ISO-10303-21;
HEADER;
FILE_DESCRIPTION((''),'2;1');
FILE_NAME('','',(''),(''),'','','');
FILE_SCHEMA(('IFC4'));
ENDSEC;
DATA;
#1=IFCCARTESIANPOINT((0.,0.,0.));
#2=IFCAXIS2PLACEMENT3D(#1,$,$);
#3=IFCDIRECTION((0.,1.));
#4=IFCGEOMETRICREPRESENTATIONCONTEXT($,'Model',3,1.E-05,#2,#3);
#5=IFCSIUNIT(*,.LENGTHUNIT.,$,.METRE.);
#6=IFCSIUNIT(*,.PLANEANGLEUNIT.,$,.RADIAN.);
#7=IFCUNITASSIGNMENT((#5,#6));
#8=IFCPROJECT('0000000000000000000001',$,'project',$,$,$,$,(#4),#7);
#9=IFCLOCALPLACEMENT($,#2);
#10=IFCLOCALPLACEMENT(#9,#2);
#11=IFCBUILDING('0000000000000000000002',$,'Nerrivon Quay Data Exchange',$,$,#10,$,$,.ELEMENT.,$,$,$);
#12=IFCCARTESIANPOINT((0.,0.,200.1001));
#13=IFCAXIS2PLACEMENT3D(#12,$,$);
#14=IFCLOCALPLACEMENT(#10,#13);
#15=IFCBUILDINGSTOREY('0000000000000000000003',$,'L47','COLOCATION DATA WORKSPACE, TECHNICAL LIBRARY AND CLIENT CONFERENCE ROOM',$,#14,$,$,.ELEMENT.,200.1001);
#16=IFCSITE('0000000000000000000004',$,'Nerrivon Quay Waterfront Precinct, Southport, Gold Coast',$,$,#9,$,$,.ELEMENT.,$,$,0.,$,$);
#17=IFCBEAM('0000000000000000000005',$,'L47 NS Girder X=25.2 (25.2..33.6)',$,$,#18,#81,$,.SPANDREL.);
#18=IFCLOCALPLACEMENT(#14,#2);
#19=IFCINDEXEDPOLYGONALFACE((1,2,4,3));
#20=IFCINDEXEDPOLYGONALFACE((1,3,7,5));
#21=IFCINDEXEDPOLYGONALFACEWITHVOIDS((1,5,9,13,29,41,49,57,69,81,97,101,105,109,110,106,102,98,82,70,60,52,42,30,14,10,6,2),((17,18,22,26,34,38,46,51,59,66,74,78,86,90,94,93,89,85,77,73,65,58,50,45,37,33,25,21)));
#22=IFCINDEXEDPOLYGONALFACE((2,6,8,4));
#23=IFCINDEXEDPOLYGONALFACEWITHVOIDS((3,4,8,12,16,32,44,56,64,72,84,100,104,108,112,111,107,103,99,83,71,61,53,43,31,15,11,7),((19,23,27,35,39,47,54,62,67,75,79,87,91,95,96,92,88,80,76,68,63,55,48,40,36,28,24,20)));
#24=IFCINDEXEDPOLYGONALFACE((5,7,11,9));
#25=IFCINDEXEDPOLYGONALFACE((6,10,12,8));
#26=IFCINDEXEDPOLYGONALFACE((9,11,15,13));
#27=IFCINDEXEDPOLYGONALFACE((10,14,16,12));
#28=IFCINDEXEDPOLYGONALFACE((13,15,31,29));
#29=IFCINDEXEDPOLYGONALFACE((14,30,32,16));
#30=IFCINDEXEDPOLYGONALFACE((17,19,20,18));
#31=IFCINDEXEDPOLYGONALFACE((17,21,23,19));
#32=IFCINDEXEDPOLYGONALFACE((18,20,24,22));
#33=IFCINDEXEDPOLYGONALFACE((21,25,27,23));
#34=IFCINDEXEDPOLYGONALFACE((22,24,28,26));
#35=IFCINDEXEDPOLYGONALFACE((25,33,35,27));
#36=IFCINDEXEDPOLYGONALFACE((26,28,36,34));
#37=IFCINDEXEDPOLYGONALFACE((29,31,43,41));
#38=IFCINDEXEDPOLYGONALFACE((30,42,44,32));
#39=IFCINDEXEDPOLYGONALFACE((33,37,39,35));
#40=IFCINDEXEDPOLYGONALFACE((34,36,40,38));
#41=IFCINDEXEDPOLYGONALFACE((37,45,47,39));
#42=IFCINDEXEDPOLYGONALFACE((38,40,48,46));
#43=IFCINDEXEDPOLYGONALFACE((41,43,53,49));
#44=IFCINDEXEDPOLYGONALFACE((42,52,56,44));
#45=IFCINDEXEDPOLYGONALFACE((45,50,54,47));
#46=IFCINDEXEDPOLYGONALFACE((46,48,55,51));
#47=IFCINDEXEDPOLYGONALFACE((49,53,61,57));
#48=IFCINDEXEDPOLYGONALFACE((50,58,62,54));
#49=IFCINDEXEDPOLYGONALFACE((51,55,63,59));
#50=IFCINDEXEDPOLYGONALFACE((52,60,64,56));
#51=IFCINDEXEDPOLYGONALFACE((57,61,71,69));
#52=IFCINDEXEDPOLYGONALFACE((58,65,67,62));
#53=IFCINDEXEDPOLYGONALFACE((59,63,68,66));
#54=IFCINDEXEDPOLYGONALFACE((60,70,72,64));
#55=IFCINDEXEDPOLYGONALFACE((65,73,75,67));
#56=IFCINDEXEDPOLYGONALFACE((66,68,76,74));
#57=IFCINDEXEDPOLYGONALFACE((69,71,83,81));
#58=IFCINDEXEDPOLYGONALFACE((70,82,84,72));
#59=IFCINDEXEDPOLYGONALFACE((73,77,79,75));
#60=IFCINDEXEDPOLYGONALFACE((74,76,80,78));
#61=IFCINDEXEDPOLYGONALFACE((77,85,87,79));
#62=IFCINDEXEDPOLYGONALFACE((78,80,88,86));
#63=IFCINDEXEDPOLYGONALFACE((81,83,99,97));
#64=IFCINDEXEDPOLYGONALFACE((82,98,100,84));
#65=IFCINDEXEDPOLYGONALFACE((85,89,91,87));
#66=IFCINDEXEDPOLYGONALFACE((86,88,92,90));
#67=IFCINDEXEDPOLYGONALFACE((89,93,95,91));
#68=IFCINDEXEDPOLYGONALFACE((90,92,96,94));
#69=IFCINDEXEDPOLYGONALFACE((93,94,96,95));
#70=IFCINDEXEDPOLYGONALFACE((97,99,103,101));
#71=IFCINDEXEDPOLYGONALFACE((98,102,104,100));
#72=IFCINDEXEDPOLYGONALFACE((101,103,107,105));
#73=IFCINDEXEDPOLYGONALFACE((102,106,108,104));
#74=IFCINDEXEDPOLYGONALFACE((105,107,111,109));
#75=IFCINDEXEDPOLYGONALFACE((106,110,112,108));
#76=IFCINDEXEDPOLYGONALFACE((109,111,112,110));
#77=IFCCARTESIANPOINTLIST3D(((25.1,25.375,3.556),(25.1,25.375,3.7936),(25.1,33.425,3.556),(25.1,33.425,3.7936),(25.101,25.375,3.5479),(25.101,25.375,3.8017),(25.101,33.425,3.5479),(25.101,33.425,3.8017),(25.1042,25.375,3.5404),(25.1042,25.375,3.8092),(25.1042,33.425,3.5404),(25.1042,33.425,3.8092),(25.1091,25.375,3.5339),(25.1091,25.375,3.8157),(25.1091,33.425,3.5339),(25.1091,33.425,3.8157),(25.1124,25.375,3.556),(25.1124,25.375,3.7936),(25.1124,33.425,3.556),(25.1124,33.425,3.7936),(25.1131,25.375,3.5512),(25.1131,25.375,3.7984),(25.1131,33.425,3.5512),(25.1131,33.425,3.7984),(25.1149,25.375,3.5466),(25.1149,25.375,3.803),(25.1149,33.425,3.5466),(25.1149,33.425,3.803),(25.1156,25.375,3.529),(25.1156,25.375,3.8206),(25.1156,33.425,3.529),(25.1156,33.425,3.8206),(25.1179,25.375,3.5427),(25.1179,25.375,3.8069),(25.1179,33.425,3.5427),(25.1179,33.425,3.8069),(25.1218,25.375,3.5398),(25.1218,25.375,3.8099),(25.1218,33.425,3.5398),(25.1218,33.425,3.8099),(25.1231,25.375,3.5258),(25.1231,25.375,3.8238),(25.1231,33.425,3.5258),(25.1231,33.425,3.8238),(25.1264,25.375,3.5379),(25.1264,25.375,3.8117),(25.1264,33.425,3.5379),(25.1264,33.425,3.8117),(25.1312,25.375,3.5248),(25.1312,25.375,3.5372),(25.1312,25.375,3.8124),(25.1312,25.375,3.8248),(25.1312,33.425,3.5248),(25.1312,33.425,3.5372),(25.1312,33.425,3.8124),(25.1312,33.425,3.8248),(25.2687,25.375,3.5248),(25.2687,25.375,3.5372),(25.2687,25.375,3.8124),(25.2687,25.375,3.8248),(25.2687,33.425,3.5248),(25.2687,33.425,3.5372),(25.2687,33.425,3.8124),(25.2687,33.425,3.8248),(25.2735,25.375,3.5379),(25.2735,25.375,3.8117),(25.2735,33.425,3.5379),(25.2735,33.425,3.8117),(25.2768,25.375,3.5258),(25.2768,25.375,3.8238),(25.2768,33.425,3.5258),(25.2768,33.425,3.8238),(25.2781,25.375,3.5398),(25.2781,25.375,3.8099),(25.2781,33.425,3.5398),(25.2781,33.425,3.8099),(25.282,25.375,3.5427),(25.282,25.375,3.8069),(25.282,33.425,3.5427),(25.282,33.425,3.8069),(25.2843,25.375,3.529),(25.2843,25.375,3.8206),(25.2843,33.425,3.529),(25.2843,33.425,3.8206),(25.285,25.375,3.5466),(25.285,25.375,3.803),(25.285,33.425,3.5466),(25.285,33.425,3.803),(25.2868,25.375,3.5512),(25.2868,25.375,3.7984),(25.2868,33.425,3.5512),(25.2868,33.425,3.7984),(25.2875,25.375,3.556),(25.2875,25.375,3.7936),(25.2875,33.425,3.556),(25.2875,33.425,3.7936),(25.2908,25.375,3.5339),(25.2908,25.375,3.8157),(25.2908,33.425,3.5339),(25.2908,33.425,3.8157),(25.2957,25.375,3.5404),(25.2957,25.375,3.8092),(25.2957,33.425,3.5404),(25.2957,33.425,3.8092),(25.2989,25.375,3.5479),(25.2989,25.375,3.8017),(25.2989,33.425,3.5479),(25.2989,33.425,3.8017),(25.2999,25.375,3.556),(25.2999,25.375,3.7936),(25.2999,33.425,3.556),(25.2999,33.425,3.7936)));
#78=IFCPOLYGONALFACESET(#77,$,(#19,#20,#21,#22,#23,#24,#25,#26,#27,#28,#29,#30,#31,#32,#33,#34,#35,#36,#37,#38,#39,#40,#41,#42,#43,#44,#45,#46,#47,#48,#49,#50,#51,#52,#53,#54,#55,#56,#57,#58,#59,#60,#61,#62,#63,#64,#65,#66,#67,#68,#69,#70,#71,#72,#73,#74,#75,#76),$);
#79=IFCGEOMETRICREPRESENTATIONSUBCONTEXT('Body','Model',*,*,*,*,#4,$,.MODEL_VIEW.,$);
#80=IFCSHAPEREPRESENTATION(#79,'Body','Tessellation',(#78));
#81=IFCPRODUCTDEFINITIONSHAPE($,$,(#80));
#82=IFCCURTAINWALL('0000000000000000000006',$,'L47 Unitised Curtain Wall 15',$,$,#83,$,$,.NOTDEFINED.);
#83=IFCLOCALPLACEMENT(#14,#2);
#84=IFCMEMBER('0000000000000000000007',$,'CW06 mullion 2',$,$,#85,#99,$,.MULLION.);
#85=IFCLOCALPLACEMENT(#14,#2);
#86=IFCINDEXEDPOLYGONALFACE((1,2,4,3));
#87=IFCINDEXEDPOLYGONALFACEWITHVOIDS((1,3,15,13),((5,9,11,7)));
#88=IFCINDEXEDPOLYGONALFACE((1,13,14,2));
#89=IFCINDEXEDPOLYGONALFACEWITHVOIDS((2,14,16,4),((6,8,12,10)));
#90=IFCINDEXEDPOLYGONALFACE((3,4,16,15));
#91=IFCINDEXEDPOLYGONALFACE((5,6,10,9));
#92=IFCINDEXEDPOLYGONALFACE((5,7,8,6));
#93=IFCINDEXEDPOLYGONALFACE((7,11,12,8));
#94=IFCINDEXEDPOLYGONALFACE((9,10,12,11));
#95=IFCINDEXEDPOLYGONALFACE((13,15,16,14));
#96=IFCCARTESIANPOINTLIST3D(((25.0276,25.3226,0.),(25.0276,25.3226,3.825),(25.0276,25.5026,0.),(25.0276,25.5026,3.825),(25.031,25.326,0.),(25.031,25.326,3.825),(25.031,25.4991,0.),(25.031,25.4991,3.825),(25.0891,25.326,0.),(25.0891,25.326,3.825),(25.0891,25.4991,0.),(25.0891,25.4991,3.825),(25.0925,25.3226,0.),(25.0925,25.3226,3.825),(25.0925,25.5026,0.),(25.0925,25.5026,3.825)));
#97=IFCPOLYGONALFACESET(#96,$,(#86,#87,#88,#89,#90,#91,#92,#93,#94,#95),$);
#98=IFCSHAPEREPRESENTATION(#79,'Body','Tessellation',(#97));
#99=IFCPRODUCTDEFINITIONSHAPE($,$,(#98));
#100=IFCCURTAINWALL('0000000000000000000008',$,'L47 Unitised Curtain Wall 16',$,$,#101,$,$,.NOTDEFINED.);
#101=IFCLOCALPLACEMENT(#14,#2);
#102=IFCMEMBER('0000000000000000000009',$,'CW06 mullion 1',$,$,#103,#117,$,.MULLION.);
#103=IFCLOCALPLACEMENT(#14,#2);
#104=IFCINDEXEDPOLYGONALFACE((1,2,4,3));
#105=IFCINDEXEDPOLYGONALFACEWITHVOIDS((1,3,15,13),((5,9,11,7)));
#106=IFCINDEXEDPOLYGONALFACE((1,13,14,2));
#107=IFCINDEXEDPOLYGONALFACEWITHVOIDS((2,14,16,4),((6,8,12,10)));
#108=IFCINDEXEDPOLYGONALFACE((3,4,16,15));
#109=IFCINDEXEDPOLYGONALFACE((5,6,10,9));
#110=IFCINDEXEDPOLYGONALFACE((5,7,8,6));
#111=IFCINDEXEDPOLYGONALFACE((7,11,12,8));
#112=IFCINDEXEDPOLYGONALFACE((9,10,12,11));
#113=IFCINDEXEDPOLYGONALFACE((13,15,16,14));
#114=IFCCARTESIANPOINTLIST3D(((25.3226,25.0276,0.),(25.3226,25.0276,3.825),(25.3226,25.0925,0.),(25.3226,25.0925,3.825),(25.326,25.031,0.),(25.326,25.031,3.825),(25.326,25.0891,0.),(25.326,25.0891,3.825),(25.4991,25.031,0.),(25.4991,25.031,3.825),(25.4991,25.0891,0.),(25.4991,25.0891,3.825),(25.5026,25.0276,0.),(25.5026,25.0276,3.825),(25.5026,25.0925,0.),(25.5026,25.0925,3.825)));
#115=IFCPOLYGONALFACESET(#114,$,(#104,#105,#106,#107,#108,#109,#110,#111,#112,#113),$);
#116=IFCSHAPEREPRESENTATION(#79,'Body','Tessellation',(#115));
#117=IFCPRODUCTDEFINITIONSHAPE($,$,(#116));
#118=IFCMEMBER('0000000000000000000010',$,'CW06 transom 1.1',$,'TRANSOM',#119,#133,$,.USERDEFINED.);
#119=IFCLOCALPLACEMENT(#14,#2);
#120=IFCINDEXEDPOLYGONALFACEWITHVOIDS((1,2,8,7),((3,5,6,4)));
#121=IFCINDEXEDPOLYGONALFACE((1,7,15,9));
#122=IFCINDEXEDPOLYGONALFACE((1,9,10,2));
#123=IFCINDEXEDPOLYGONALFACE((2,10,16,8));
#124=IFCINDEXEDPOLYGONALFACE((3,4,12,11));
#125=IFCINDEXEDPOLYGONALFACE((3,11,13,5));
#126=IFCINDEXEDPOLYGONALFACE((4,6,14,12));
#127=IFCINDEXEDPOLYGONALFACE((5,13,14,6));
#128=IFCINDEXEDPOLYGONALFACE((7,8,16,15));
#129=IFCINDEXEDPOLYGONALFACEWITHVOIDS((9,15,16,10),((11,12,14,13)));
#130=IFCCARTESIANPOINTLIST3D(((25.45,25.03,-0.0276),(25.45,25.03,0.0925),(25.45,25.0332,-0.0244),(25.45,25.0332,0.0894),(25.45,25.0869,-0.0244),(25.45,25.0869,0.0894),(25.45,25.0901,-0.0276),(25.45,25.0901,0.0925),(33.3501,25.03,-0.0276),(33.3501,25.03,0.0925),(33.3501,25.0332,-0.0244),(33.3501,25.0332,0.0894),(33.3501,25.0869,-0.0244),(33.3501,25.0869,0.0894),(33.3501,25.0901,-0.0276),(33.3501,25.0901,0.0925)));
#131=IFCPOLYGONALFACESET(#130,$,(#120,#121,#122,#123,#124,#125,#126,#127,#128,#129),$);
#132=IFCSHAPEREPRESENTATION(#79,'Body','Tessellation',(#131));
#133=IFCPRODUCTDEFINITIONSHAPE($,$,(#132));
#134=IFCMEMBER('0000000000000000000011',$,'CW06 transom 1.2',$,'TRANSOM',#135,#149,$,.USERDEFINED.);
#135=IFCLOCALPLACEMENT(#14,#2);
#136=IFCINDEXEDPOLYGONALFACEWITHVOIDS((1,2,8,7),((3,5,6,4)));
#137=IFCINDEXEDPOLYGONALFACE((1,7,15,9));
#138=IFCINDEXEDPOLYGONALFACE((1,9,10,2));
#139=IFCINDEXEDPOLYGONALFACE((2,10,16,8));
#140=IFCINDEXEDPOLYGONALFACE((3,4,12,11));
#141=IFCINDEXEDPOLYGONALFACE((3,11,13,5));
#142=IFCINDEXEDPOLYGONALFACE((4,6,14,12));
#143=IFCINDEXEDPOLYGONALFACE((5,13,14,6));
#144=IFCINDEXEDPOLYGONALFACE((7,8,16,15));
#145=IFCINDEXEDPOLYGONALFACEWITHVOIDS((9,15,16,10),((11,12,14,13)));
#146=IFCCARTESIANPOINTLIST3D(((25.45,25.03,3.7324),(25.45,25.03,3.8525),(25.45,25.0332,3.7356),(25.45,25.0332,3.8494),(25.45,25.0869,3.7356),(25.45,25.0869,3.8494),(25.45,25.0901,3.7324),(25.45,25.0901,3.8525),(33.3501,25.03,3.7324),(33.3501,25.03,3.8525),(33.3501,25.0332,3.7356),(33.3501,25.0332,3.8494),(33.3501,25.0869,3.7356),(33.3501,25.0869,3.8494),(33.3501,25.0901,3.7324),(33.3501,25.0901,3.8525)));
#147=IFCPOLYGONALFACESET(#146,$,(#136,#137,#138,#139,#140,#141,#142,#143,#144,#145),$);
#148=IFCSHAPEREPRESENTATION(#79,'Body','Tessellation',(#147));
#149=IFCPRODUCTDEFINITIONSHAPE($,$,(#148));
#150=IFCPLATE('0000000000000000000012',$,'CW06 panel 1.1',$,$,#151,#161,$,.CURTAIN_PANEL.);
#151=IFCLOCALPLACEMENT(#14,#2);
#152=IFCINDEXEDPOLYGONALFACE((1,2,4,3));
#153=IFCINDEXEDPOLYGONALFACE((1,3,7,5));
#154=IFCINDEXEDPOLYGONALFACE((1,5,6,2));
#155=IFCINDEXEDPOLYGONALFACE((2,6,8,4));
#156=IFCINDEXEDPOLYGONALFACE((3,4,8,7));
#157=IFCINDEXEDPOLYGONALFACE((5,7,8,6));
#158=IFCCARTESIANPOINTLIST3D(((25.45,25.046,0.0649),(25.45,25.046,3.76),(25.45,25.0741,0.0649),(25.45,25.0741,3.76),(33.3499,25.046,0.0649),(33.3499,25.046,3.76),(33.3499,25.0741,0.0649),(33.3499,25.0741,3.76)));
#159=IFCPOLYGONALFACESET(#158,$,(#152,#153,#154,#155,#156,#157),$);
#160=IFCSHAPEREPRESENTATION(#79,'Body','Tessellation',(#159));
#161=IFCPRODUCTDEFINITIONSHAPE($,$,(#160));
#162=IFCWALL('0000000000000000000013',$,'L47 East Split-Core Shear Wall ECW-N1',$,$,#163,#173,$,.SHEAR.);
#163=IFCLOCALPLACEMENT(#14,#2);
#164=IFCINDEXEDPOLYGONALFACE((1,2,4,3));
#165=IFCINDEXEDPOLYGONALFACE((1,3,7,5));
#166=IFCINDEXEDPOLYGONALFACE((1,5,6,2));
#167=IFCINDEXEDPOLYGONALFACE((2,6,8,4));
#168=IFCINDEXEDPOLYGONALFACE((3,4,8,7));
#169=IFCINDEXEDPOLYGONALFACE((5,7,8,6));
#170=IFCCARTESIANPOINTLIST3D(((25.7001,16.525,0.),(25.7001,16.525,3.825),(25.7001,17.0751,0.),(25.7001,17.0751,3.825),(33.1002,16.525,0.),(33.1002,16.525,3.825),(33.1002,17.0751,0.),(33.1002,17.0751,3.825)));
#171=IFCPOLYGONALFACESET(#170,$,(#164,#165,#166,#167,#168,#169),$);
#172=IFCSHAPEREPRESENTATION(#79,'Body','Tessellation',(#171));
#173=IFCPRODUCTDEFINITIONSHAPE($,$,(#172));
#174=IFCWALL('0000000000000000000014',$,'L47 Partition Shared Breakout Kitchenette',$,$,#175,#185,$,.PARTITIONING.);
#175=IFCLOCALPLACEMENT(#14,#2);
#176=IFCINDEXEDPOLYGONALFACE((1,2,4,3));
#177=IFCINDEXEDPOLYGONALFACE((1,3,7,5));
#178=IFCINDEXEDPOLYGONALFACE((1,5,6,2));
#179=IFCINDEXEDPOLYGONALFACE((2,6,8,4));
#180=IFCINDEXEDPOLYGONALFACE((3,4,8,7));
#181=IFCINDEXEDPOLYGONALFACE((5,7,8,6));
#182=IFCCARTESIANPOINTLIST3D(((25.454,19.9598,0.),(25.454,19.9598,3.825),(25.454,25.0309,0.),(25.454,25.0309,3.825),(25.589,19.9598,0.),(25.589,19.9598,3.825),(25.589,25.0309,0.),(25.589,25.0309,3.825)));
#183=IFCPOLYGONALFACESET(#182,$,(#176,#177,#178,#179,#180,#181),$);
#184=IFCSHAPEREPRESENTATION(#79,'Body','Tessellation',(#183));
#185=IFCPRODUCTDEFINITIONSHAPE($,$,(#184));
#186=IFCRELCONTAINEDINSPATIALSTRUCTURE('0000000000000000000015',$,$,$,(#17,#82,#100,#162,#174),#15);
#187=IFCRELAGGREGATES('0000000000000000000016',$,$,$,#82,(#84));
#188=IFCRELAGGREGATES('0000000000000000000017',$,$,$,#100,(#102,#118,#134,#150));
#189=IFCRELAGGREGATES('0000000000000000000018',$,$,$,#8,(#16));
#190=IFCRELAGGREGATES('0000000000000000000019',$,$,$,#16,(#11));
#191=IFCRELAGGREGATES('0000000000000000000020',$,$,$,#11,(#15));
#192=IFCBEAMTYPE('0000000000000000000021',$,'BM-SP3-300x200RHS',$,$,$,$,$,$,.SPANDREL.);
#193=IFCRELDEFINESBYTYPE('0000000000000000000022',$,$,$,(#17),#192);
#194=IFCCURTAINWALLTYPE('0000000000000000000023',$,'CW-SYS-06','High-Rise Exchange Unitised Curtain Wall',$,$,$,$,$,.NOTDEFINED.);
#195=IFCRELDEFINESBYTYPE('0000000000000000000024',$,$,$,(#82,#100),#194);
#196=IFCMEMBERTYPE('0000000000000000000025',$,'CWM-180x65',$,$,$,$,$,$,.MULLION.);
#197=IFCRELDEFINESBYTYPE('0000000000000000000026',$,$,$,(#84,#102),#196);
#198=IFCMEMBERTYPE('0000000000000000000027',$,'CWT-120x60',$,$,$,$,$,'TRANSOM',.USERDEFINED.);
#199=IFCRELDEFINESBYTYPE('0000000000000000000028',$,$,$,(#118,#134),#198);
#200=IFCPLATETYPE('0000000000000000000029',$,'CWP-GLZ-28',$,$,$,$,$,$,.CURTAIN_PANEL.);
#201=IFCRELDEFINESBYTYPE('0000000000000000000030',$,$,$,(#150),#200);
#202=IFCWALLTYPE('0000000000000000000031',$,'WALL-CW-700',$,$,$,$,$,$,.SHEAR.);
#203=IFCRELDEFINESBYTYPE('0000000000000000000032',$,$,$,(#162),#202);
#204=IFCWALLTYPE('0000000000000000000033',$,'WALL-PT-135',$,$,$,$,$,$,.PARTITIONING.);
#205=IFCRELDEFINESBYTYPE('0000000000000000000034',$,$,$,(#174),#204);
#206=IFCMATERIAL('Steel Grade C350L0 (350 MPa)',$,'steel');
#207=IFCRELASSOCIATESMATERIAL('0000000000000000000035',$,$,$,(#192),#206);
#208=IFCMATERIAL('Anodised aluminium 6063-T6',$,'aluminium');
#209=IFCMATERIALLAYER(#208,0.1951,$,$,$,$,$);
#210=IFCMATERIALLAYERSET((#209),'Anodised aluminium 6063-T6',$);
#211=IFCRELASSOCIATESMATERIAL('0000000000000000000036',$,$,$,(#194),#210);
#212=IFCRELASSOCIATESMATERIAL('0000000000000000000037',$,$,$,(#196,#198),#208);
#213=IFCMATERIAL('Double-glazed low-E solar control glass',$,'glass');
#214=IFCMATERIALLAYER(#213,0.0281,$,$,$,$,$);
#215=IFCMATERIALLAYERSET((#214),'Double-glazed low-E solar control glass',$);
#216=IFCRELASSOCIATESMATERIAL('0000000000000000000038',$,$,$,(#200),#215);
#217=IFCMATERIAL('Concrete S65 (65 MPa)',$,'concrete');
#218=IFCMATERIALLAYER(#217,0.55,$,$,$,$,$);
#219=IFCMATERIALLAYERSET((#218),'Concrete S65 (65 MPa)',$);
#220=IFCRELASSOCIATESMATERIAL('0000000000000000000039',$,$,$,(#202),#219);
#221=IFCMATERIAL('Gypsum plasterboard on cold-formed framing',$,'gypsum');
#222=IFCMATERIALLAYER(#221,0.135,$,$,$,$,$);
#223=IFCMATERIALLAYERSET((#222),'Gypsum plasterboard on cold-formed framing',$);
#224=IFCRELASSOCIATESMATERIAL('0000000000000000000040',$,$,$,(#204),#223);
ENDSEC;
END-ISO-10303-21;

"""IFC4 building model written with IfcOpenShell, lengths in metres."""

from ifc_helpers import new_model, si_unit, direction, frame, frame_2d, origin, origin_2d, place, context, subcontext, project, spatial, rectangle, hollow_rectangle, extrude, material, layer, layer_set, material_profile, profile_set, type_object, element, aggregate, save


model = new_model("IFC4")

# Units and contexts
model_context = context("Model", 3, precision=1e-05, world=origin(), true_north=direction((0.0, 1.0)))
body_context = subcontext(model_context, "Body", "Model", "MODEL_VIEW")
ifc_project = project(units=[si_unit("LENGTHUNIT", "METRE"), si_unit("PLANEANGLEUNIT", "RADIAN")], contexts=[model_context])

# Site, building, storey
site_placement = place(None, origin())
site = spatial("IfcSite", under=ifc_project, at=site_placement, Name="Nerrivon Quay Waterfront Precinct, Southport, Gold Coast", CompositionType="ELEMENT", RefElevation=0.0)
building_placement = place(site_placement, origin())
building = spatial("IfcBuilding", under=site, at=building_placement, Name="Nerrivon Quay Data Exchange", CompositionType="ELEMENT")
storey_placement = place(building_placement, frame((0.0, 0.0, 200.1001)))
storey = spatial("IfcBuildingStorey", under=building, at=storey_placement, Name="L47", Description="COLOCATION DATA WORKSPACE, TECHNICAL LIBRARY AND CLIENT CONFERENCE ROOM", CompositionType="ELEMENT", Elevation=200.1001)

# Shared definitions
ifc_material_1 = material(Name="Concrete S65 (65 MPa)", Category="concrete")

# Beam
ifc_material_2 = material(Name="Steel Grade C350L0 (350 MPa)", Category="steel")
ifc_material_profile_1 = material_profile(ifc_material_2, hollow_rectangle(XDim=0.2, YDim=0.3, WallThickness=0.0125, InnerFilletRadius=0.0188, OuterFilletRadius=0.0312, at=origin_2d()), Name="300x200x12.5RHS")
ifc_profile_set_1 = profile_set([ifc_material_profile_1], Name="Steel Grade C350L0 (350 MPa)")
beam_type_1 = type_object("IfcBeamType", Name="BM-SP3-300x200RHS", PredefinedType="SPANDREL", material=ifc_profile_set_1)
beam_1_placement = place(storey_placement, frame((25.2, 25.375, 3.6748), z_axis=(0.0, 1.0, 0.0), x_axis=(-1.0, 0.0, 0.0)))
element("IfcBeam", 1, at=beam_1_placement, inside=storey, type_object=beam_type_1, Name="L47 NS Girder X=25.2 (25.2..33.6)", PredefinedType="SPANDREL", context=body_context, shape_type="SweptSolid", body=[
    extrude(hollow_rectangle(XDim=0.2, YDim=0.3, WallThickness=0.0125, InnerFilletRadius=0.0188, OuterFilletRadius=0.0312, at=origin_2d()), origin(), (0.0, 0.0, 1.0), 8.05),
])

# Curtain wall, member
ifc_material_3 = material(Name="Anodised aluminium 6063-T6", Category="aluminium")
ifc_layer_1 = layer(ifc_material_3, 0.1951)
ifc_layer_set_1 = layer_set([ifc_layer_1], Name="Anodised aluminium 6063-T6")
curtain_wall_type = type_object("IfcCurtainWallType", Name="CW-SYS-06", Description="High-Rise Exchange Unitised Curtain Wall", PredefinedType="NOTDEFINED", material=ifc_layer_set_1)
curtain_wall_1_placement = place(storey_placement, origin())
curtain_wall_1 = element("IfcCurtainWall", 2, at=curtain_wall_1_placement, inside=storey, type_object=curtain_wall_type, Name="L47 Unitised Curtain Wall 15", PredefinedType="NOTDEFINED")
ifc_material_profile_2 = material_profile(ifc_material_3, hollow_rectangle(XDim=0.0649, YDim=0.1799, WallThickness=0.0034, at=origin_2d()), Name="ALU-MULL-180x65")
ifc_profile_set_2 = profile_set([ifc_material_profile_2], Name="Anodised aluminium 6063-T6")
member_type_1 = type_object("IfcMemberType", Name="CWM-180x65", PredefinedType="MULLION", material=ifc_profile_set_2)
member_1_placement = place(storey_placement, frame((25.0601, 25.4126, 0.0), z_axis=(0.0, 0.0, 1.0), x_axis=(1.0, 0.0, 0.0)))
member_1 = element("IfcMember", 3, at=member_1_placement, type_object=member_type_1, Name="CW06 mullion 2", PredefinedType="MULLION", context=body_context, shape_type="SweptSolid", body=[
    extrude(hollow_rectangle(XDim=0.0649, YDim=0.1799, WallThickness=0.0034, at=origin_2d()), origin(), (0.0, 0.0, 1.0), 3.825),
])
aggregate(curtain_wall_1, [member_1])

# Curtain wall, members, plate
curtain_wall_2_placement = place(storey_placement, origin())
curtain_wall_2 = element("IfcCurtainWall", 4, at=curtain_wall_2_placement, inside=storey, type_object=curtain_wall_type, Name="L47 Unitised Curtain Wall 16", PredefinedType="NOTDEFINED")
member_2_placement = place(storey_placement, frame((25.4126, 25.0601, 0.0), z_axis=(0.0, 0.0, 1.0), x_axis=(0.0, 1.0, 0.0)))
member_2 = element("IfcMember", 5, at=member_2_placement, type_object=member_type_1, Name="CW06 mullion 1", PredefinedType="MULLION", context=body_context, shape_type="SweptSolid", body=[
    extrude(hollow_rectangle(XDim=0.0649, YDim=0.1799, WallThickness=0.0034, at=origin_2d()), origin(), (0.0, 0.0, 1.0), 3.825),
])
ifc_material_profile_3 = material_profile(ifc_material_3, hollow_rectangle(XDim=0.0601, YDim=0.1201, WallThickness=0.0032, at=origin_2d()), Name="ALU-TRAN-120x60")
ifc_profile_set_3 = profile_set([ifc_material_profile_3], Name="Anodised aluminium 6063-T6")
member_type_2 = type_object("IfcMemberType", Name="CWT-120x60", ElementType="TRANSOM", PredefinedType="USERDEFINED", material=ifc_profile_set_3)
member_3_placement = place(storey_placement, frame((25.45, 25.0601, 0.0325), z_axis=(1.0, 0.0, 0.0), x_axis=(0.0, 1.0, 0.0)))
member_3 = element("IfcMember", 6, at=member_3_placement, type_object=member_type_2, Name="CW06 transom 1.1", ObjectType="TRANSOM", PredefinedType="USERDEFINED", context=body_context, shape_type="SweptSolid", body=[
    extrude(hollow_rectangle(XDim=0.0601, YDim=0.1201, WallThickness=0.0032, at=origin_2d()), origin(), (0.0, 0.0, 1.0), 7.9001),
])
member_4_placement = place(storey_placement, frame((25.45, 25.0601, 3.7925), z_axis=(1.0, 0.0, 0.0), x_axis=(0.0, 1.0, 0.0)))
member_4 = element("IfcMember", 7, at=member_4_placement, type_object=member_type_2, Name="CW06 transom 1.2", ObjectType="TRANSOM", PredefinedType="USERDEFINED", context=body_context, shape_type="SweptSolid", body=[
    extrude(hollow_rectangle(XDim=0.0601, YDim=0.1201, WallThickness=0.0032, at=origin_2d()), origin(), (0.0, 0.0, 1.0), 7.9001),
])
ifc_material_4 = material(Name="Double-glazed low-E solar control glass", Category="glass")
ifc_layer_2 = layer(ifc_material_4, 0.0281)
ifc_layer_set_2 = layer_set([ifc_layer_2], Name="Double-glazed low-E solar control glass")
plate_type = type_object("IfcPlateType", Name="CWP-GLZ-28", PredefinedType="CURTAIN_PANEL", material=ifc_layer_set_2)
plate_placement = place(storey_placement, frame((29.3999, 25.0601, 0.0649), z_axis=(0.0, 0.0, 1.0), x_axis=(1.0, 0.0, 0.0)))
plate = element("IfcPlate", 8, at=plate_placement, type_object=plate_type, Name="CW06 panel 1.1", PredefinedType="CURTAIN_PANEL", context=body_context, shape_type="SweptSolid", body=[
    extrude(rectangle(XDim=7.8999, YDim=0.0281, at=origin_2d()), origin(), (0.0, 0.0, 1.0), 3.6951),
])
aggregate(curtain_wall_2, [member_2, member_3, member_4, plate])

# Walls
ifc_layer_3 = layer(ifc_material_1, 0.55)
ifc_layer_set_3 = layer_set([ifc_layer_3], Name="Concrete S65 (65 MPa)")
wall_type_1 = type_object("IfcWallType", Name="WALL-CW-700", PredefinedType="SHEAR", material=ifc_layer_set_3)
wall_1_placement = place(storey_placement, frame((25.7, 16.8, 0.0), z_axis=(0.0, 0.0, 1.0), x_axis=(1.0, 0.0, 0.0)))
element("IfcWall", 9, at=wall_1_placement, inside=storey, type_object=wall_type_1, Name="L47 East Split-Core Shear Wall ECW-N1", PredefinedType="SHEAR", context=body_context, shape_type="SweptSolid", body=[
    extrude(rectangle(XDim=7.4001, YDim=0.55, at=frame_2d((3.7002, 0.0))), origin(), (0.0, 0.0, 1.0), 3.825),
])
ifc_material_5 = material(Name="Gypsum plasterboard on cold-formed framing", Category="gypsum")
ifc_layer_4 = layer(ifc_material_5, 0.135)
ifc_layer_set_4 = layer_set([ifc_layer_4], Name="Gypsum plasterboard on cold-formed framing")
wall_type_2 = type_object("IfcWallType", Name="WALL-PT-135", PredefinedType="PARTITIONING", material=ifc_layer_set_4)
wall_2_placement = place(storey_placement, frame((25.5215, 25.031, 0.0), z_axis=(0.0, 0.0, 1.0), x_axis=(0.0, -1.0, 0.0)))
element("IfcWall", 10, at=wall_2_placement, inside=storey, type_object=wall_type_2, Name="L47 Partition Shared Breakout Kitchenette", PredefinedType="PARTITIONING", context=body_context, shape_type="SweptSolid", body=[
    extrude(rectangle(XDim=5.071, YDim=0.135, at=frame_2d((2.5356, 0.0))), origin(), (0.0, 0.0, 1.0), 3.825),
])

save(model, "model.ifc")
